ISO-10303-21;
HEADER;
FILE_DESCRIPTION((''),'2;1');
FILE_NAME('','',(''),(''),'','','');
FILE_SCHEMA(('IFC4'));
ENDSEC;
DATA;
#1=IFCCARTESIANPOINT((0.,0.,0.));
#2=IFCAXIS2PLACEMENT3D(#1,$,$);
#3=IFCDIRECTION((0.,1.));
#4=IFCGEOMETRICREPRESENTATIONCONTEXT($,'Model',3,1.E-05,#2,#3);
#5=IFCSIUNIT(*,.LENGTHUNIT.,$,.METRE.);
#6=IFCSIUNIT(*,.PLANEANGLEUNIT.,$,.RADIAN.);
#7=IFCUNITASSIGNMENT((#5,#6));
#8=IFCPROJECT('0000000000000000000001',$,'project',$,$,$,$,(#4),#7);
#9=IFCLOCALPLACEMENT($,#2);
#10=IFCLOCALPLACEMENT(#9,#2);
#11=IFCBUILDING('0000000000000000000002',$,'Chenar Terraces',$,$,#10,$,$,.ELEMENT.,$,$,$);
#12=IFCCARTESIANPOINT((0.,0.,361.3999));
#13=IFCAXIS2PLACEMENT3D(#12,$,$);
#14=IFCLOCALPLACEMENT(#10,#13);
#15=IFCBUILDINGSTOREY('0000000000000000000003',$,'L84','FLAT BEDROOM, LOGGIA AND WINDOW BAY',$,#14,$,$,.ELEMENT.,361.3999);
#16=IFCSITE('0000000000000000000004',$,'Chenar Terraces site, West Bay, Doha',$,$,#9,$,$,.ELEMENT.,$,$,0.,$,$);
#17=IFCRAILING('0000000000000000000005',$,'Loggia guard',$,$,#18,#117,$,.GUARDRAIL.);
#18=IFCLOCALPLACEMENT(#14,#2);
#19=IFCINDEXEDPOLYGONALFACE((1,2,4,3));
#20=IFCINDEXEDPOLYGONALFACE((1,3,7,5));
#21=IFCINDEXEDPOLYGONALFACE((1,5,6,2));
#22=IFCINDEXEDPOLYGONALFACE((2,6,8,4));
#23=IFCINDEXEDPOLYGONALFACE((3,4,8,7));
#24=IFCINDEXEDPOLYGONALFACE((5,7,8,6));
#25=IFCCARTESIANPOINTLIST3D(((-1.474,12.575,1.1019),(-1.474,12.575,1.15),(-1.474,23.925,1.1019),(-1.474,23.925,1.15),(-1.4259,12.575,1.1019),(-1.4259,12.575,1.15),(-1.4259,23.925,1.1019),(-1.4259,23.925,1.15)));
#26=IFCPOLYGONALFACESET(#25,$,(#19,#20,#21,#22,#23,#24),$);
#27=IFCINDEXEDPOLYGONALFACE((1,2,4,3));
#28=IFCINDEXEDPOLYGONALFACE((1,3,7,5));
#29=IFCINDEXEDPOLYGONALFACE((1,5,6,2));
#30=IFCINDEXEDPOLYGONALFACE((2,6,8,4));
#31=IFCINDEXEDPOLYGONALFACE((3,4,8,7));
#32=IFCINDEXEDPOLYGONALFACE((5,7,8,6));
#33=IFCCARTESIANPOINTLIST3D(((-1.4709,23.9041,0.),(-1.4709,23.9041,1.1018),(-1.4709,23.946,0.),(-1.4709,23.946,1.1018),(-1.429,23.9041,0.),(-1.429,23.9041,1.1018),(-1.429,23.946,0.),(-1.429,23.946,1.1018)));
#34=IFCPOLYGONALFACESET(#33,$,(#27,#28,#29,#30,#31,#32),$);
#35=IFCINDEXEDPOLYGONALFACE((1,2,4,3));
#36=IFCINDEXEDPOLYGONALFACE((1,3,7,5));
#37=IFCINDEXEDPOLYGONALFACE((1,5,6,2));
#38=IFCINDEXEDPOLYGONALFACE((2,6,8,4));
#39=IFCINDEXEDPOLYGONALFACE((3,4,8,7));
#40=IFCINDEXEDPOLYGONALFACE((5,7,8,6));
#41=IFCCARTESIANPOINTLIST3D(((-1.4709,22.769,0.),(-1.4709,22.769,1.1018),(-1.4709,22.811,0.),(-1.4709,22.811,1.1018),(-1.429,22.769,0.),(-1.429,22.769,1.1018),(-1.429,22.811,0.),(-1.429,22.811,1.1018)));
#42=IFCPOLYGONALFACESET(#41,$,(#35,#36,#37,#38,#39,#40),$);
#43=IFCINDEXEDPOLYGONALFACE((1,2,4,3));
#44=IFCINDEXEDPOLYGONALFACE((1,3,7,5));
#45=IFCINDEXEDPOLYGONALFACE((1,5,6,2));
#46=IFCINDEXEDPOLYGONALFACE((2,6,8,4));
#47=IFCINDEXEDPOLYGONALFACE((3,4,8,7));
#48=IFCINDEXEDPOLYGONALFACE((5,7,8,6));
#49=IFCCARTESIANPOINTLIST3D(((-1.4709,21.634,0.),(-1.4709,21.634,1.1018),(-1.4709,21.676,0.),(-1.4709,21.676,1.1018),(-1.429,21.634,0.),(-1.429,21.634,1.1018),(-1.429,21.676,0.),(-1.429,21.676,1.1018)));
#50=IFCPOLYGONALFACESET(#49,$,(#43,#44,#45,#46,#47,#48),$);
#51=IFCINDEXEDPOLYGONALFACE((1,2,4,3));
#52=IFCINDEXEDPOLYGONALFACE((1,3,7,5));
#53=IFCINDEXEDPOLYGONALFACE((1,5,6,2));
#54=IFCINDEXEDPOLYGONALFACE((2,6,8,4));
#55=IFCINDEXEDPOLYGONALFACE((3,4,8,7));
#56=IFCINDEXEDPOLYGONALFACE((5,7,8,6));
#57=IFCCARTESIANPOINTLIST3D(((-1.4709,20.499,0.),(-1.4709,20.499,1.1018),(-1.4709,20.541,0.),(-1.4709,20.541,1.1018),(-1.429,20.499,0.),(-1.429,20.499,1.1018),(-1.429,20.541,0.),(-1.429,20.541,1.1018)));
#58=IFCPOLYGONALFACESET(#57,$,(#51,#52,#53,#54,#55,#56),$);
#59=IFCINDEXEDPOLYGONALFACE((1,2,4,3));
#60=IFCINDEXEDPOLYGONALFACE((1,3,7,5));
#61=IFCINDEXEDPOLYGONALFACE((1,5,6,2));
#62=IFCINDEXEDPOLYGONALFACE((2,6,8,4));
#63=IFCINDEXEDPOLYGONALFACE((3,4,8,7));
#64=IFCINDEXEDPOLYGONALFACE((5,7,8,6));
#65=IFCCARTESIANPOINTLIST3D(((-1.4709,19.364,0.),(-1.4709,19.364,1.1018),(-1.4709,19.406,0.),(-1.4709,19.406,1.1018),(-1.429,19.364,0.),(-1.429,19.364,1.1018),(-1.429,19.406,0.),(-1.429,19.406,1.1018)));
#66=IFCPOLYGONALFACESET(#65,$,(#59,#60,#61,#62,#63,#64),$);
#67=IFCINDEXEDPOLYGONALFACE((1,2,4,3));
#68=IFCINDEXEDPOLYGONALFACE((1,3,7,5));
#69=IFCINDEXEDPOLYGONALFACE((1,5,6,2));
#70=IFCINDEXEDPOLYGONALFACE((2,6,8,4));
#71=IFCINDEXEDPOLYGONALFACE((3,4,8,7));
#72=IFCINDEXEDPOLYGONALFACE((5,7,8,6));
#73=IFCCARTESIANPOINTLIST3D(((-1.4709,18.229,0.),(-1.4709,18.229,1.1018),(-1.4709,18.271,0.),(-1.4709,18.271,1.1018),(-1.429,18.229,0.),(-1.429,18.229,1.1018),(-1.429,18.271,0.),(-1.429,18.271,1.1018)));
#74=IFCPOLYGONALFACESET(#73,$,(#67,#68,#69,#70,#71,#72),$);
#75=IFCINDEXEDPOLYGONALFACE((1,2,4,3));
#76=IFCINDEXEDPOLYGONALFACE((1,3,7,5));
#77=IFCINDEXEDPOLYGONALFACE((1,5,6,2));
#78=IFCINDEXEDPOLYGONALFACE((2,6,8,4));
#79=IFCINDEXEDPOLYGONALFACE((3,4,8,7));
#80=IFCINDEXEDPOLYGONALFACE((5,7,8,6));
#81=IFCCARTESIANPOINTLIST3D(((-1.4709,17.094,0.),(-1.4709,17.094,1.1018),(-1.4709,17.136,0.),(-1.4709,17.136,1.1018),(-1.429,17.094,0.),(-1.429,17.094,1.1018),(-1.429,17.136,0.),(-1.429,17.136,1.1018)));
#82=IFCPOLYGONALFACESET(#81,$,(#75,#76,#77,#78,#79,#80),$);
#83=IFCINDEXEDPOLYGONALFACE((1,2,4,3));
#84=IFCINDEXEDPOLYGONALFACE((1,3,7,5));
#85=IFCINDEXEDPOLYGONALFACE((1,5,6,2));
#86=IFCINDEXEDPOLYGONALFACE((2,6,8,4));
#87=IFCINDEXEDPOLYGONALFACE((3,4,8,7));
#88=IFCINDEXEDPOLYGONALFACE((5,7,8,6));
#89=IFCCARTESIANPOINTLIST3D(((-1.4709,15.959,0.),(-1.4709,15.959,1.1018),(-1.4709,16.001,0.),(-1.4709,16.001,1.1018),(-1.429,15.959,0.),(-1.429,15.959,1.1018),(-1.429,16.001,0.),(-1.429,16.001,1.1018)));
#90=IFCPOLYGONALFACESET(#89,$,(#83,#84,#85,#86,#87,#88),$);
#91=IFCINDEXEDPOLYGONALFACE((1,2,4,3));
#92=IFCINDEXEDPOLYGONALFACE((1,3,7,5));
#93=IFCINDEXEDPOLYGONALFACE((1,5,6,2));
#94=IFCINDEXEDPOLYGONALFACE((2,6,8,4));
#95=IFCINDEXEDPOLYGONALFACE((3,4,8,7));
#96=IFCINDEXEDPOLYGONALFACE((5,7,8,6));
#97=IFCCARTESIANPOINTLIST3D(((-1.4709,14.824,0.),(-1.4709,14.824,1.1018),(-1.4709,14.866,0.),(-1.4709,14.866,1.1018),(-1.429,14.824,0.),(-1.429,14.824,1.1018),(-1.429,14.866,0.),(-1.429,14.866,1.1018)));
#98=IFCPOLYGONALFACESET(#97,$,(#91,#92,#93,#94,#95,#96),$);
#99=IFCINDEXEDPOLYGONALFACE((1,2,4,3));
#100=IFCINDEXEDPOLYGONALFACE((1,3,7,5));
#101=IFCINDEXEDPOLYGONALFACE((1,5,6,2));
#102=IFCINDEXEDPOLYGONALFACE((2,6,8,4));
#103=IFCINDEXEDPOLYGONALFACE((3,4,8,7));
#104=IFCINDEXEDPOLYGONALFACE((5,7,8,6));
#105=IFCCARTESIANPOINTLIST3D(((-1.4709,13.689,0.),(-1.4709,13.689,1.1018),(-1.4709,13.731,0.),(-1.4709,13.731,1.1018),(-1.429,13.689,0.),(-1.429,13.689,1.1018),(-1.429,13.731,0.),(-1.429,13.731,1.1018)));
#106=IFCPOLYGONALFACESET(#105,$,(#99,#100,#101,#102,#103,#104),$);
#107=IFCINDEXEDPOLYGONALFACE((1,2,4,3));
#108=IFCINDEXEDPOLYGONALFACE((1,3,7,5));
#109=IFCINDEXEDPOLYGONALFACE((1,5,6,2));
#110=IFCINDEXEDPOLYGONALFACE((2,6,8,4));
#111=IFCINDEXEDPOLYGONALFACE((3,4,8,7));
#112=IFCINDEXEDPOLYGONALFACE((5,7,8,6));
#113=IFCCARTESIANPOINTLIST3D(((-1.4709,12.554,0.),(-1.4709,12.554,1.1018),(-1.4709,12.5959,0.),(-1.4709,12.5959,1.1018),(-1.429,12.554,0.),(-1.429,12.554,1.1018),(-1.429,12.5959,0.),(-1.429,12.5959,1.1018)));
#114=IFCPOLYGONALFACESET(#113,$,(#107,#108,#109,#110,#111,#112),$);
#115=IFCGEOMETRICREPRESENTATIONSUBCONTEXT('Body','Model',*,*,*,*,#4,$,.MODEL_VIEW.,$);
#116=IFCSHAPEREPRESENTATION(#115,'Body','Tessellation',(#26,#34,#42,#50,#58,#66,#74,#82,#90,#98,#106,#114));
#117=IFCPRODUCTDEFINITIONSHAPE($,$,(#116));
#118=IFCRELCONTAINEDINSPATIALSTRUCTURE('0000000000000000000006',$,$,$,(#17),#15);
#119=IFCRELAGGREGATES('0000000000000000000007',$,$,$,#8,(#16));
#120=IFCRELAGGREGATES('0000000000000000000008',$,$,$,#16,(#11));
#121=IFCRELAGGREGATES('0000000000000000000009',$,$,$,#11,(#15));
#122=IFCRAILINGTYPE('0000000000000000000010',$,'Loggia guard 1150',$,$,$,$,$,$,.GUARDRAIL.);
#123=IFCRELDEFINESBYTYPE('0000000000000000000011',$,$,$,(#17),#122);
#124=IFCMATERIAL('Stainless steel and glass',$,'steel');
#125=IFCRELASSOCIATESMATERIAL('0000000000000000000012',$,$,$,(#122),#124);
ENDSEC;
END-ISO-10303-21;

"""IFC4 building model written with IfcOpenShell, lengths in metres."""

from ifc_helpers import new_model, si_unit, direction, frame, origin, origin_2d, place, context, subcontext, project, spatial, rectangle, extrude, material, type_object, element, save


model = new_model("IFC4")

# Units and contexts
model_context = context("Model", 3, precision=1e-05, world=origin(), true_north=direction((0.0, 1.0)))
body_context = subcontext(model_context, "Body", "Model", "MODEL_VIEW")
ifc_project = project(units=[si_unit("LENGTHUNIT", "METRE"), si_unit("PLANEANGLEUNIT", "RADIAN")], contexts=[model_context])

# Site, building, storey
site_placement = place(None, origin())
site = spatial("IfcSite", under=ifc_project, at=site_placement, Name="Chenar Terraces site, West Bay, Doha", CompositionType="ELEMENT", RefElevation=0.0)
building_placement = place(site_placement, origin())
building = spatial("IfcBuilding", under=site, at=building_placement, Name="Chenar Terraces", CompositionType="ELEMENT")
storey_placement = place(building_placement, frame((0.0, 0.0, 361.3999)))
storey = spatial("IfcBuildingStorey", under=building, at=storey_placement, Name="L84", Description="FLAT BEDROOM, LOGGIA AND WINDOW BAY", CompositionType="ELEMENT", Elevation=361.3999)

# Railing
ifc_material_1 = material(Name="Stainless steel and glass", Category="steel")
railing_type_1 = type_object("IfcRailingType", Name="Loggia guard 1150", PredefinedType="GUARDRAIL", material=ifc_material_1)
railing_1_placement = place(storey_placement, frame((-1.45, 23.925, 0.0)))
element("IfcRailing", 1, at=railing_1_placement, inside=storey, type_object=railing_type_1, Name="Loggia guard", PredefinedType="GUARDRAIL", context=body_context, shape_type="SweptSolid", body=[
    extrude(rectangle(XDim=0.0481, YDim=0.0481, at=origin_2d()), frame((0.0, 0.0, 1.126), z_axis=(0.0, -1.0, 0.0), x_axis=(1.0, 0.0, 0.0)), (0.0, 0.0, 1.0), 11.3501),
    extrude(rectangle(XDim=0.042, YDim=0.042, at=origin_2d()), origin(), (0.0, 0.0, 1.0), 1.1018),
    extrude(rectangle(XDim=0.042, YDim=0.042, at=origin_2d()), frame((0.0, -1.135, 0.0)), (0.0, 0.0, 1.0), 1.1018),
    extrude(rectangle(XDim=0.042, YDim=0.042, at=origin_2d()), frame((0.0, -2.27, 0.0)), (0.0, 0.0, 1.0), 1.1018),
    extrude(rectangle(XDim=0.042, YDim=0.042, at=origin_2d()), frame((0.0, -3.405, 0.0)), (0.0, 0.0, 1.0), 1.1018),
    extrude(rectangle(XDim=0.042, YDim=0.042, at=origin_2d()), frame((0.0, -4.54, 0.0)), (0.0, 0.0, 1.0), 1.1018),
    extrude(rectangle(XDim=0.042, YDim=0.042, at=origin_2d()), frame((0.0, -5.675, 0.0)), (0.0, 0.0, 1.0), 1.1018),
    extrude(rectangle(XDim=0.042, YDim=0.042, at=origin_2d()), frame((0.0, -6.8101, 0.0)), (0.0, 0.0, 1.0), 1.1018),
    extrude(rectangle(XDim=0.042, YDim=0.042, at=origin_2d()), frame((0.0, -7.9451, 0.0)), (0.0, 0.0, 1.0), 1.1018),
    extrude(rectangle(XDim=0.042, YDim=0.042, at=origin_2d()), frame((0.0, -9.0801, 0.0)), (0.0, 0.0, 1.0), 1.1018),
    extrude(rectangle(XDim=0.042, YDim=0.042, at=origin_2d()), frame((0.0, -10.2151, 0.0)), (0.0, 0.0, 1.0), 1.1018),
    extrude(rectangle(XDim=0.042, YDim=0.042, at=origin_2d()), frame((0.0, -11.3501, 0.0)), (0.0, 0.0, 1.0), 1.1018),
])

save(model, "model.ifc")
